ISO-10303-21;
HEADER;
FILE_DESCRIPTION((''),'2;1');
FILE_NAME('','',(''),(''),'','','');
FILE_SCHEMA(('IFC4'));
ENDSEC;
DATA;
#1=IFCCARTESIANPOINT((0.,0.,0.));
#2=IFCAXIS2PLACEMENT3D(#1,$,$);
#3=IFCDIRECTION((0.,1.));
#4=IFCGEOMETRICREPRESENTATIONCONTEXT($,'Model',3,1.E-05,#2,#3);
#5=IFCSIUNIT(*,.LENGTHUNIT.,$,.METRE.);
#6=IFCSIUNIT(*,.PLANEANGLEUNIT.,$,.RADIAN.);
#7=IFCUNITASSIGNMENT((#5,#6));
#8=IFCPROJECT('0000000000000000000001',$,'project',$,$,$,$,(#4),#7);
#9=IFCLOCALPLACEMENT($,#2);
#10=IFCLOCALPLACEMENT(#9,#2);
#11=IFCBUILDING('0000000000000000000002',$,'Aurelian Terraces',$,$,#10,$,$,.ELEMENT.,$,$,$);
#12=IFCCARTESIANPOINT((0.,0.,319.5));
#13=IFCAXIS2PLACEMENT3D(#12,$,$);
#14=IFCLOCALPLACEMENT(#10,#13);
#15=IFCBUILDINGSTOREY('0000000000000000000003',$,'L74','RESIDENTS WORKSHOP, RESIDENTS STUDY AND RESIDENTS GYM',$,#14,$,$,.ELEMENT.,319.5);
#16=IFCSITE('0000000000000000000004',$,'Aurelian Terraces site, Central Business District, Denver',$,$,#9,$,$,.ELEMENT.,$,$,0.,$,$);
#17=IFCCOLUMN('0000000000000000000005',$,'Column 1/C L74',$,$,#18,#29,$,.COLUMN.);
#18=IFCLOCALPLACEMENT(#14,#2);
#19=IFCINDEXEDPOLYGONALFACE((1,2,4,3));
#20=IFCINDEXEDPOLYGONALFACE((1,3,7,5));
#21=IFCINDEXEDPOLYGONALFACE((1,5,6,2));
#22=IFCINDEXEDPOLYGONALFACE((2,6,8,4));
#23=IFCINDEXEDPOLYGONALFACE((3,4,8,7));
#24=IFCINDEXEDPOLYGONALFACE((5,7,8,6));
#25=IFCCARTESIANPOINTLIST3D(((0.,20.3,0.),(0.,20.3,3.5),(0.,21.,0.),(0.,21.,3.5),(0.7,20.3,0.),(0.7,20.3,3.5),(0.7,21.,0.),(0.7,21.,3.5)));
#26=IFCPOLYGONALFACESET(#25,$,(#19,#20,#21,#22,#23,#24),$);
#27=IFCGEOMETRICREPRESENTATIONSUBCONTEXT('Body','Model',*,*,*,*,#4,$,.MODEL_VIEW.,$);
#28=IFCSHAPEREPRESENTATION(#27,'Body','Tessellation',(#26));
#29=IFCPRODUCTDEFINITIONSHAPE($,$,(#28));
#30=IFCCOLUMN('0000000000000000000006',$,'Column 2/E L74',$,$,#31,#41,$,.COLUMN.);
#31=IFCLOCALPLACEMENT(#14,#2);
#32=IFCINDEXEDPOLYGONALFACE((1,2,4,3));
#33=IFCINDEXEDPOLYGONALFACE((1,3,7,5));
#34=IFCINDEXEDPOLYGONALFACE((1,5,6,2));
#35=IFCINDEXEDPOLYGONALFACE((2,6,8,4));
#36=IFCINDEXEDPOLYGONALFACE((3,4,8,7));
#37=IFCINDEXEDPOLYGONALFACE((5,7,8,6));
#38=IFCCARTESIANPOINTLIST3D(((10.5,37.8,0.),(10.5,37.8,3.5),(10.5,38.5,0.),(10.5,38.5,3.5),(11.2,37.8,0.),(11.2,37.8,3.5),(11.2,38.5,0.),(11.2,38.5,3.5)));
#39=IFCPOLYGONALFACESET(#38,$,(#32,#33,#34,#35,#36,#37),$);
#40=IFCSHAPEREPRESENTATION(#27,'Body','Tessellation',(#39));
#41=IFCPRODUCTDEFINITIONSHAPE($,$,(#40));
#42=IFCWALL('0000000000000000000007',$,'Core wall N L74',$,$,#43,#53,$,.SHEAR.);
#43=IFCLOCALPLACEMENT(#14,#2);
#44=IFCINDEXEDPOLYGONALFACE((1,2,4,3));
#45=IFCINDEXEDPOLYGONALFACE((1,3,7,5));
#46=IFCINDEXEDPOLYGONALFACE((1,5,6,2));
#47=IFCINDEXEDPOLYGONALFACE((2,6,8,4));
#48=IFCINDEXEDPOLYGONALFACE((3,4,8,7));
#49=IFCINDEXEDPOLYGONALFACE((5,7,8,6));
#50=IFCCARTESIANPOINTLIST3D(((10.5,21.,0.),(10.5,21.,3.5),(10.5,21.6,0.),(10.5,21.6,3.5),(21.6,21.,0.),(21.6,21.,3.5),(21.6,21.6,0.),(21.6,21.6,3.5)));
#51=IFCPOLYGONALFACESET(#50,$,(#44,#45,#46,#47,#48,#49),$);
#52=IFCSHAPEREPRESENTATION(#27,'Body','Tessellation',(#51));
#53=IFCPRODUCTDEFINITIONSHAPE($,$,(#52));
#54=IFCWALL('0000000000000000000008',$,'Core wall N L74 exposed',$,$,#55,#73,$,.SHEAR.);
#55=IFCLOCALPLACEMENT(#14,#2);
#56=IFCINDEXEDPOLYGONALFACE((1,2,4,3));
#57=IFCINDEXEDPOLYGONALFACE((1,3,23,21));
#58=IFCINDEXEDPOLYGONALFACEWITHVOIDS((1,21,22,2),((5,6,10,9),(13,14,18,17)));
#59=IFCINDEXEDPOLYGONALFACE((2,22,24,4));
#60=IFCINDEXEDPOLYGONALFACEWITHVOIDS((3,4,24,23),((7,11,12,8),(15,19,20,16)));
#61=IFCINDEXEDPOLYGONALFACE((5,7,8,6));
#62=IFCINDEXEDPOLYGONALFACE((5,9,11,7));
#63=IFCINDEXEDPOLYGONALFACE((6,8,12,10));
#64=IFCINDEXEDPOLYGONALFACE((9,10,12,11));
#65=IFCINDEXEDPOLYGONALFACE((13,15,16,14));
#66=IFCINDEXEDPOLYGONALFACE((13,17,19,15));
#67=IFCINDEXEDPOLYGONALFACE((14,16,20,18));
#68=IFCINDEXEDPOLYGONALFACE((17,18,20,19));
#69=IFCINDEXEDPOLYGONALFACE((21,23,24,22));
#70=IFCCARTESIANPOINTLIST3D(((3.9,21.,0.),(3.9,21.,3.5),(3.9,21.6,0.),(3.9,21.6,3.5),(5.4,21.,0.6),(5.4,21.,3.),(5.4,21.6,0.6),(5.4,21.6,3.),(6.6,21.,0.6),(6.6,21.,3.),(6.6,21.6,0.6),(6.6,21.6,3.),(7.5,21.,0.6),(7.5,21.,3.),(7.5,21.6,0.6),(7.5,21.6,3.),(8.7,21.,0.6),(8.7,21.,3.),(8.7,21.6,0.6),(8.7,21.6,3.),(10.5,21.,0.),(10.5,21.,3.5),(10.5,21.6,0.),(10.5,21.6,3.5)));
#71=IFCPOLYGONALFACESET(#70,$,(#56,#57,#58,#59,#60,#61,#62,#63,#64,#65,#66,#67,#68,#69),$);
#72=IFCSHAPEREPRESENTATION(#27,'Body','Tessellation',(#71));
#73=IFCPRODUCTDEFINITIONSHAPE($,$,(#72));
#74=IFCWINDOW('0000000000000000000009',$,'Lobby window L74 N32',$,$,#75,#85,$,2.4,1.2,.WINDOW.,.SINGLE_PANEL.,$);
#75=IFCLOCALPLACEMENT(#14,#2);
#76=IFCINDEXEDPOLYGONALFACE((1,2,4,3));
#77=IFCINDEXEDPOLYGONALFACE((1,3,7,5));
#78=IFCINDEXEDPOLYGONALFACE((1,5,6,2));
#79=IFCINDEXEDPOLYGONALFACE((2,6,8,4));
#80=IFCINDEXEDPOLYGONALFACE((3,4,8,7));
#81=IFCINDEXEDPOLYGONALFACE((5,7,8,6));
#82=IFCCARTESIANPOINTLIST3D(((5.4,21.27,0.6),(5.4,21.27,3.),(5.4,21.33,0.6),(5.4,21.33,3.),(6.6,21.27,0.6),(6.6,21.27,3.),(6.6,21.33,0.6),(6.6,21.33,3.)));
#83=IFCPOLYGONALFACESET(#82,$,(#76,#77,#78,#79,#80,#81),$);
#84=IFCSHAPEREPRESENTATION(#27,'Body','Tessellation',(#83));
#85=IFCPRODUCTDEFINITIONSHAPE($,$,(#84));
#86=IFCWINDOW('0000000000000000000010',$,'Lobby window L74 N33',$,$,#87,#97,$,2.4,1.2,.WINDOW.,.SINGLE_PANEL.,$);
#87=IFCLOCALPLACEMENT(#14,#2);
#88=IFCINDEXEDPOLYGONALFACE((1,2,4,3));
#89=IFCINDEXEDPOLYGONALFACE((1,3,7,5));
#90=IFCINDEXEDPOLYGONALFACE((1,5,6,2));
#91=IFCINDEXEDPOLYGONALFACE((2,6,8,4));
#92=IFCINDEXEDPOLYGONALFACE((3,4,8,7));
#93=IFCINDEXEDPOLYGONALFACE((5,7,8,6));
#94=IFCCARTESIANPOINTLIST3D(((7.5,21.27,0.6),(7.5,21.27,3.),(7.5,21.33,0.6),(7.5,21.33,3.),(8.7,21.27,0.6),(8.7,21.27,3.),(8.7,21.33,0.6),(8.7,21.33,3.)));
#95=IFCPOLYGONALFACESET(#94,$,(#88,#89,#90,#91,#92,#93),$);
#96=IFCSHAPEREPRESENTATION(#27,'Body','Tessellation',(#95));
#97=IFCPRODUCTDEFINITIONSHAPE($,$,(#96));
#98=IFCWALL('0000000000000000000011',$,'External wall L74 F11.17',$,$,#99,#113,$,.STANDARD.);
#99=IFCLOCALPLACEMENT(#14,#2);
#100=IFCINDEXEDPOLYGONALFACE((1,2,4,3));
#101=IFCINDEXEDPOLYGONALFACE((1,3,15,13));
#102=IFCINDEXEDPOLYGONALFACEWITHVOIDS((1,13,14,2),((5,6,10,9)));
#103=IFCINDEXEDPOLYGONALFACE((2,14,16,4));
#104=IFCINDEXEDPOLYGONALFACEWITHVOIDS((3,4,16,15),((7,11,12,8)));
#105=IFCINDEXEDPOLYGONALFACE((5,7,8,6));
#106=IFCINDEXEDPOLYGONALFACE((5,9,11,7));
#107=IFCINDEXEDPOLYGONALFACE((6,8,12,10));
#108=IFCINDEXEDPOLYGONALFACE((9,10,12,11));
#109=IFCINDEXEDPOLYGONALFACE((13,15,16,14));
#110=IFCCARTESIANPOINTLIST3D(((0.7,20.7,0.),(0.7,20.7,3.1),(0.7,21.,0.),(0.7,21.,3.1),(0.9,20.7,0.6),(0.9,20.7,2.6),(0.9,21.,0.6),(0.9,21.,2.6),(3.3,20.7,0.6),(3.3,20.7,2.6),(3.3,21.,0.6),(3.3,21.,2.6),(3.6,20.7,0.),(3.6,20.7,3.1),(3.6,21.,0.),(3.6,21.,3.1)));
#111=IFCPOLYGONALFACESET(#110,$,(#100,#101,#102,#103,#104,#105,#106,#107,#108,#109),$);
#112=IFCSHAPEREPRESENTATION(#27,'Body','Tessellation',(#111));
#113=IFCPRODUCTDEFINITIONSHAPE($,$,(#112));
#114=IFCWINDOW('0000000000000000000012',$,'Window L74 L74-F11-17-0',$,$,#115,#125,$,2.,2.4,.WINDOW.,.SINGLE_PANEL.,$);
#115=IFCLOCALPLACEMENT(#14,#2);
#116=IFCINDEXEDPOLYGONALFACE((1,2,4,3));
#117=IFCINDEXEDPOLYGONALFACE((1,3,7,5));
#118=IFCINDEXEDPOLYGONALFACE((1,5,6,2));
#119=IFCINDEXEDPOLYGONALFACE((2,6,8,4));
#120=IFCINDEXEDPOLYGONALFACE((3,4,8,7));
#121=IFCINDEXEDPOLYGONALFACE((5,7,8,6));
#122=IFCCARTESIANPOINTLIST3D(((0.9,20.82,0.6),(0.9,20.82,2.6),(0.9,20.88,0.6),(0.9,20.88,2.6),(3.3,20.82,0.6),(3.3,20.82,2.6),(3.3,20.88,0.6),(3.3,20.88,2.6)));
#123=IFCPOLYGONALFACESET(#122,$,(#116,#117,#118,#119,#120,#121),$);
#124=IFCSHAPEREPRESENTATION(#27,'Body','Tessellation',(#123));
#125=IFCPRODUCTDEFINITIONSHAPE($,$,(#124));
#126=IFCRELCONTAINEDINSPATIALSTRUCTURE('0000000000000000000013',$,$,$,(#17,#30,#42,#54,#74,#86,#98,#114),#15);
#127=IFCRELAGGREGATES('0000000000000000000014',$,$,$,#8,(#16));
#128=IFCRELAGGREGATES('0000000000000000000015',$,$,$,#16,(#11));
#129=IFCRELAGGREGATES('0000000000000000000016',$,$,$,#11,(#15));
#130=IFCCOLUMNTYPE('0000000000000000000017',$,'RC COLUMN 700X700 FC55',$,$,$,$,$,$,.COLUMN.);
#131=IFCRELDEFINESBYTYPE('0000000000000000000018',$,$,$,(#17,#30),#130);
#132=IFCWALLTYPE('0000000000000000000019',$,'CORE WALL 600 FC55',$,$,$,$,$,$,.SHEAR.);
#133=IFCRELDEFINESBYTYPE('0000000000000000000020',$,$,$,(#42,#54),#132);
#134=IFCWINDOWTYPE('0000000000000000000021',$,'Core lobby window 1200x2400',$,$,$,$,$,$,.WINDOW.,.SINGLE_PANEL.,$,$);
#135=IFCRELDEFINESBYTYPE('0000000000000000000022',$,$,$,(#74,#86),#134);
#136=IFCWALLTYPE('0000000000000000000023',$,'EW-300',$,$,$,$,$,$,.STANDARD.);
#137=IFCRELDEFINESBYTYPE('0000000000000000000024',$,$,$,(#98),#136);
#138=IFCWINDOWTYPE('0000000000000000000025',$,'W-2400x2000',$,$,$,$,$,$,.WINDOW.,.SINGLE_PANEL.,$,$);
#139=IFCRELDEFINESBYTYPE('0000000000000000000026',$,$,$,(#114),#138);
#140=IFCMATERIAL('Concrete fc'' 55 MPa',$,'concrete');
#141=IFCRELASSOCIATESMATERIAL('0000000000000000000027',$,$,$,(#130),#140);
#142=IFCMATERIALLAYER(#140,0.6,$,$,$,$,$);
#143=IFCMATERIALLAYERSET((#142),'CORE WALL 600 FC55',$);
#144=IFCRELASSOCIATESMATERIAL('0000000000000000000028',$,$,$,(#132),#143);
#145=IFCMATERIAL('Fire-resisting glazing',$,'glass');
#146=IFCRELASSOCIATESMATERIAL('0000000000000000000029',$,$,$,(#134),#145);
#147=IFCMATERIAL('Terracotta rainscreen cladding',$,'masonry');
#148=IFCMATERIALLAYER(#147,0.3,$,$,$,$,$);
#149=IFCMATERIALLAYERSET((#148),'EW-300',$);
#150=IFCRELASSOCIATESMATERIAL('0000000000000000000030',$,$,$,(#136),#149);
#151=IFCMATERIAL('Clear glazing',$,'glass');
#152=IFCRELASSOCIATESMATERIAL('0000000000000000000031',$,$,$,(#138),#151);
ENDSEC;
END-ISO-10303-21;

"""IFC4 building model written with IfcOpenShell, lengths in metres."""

from ifc_helpers import new_model, si_unit, direction, frame, frame_2d, origin, origin_2d, place, context, subcontext, project, spatial, rectangle, extrude, source, transform, mapped, material, layer, layer_set, material_profile, profile_set, type_object, element, fill, save


model = new_model("IFC4")

# Units and contexts
model_context = context("Model", 3, precision=1e-05, world=origin(), true_north=direction((0.0, 1.0)))
body_context = subcontext(model_context, "Body", "Model", "MODEL_VIEW")
ifc_project = project(units=[si_unit("LENGTHUNIT", "METRE"), si_unit("PLANEANGLEUNIT", "RADIAN")], contexts=[model_context])

# Site, building, storey
site_placement = place(None, origin())
site = spatial("IfcSite", under=ifc_project, at=site_placement, Name="Aurelian Terraces site, Central Business District, Denver", CompositionType="ELEMENT", RefElevation=0.0)
building_placement = place(site_placement, origin())
building = spatial("IfcBuilding", under=site, at=building_placement, Name="Aurelian Terraces", CompositionType="ELEMENT")
storey_placement = place(building_placement, frame((0.0, 0.0, 319.5)))
storey = spatial("IfcBuildingStorey", under=building, at=storey_placement, Name="L74", Description="RESIDENTS WORKSHOP, RESIDENTS STUDY AND RESIDENTS GYM", CompositionType="ELEMENT", Elevation=319.5)

# Columns
ifc_material_1 = material(Name="Concrete fc' 55 MPa", Category="concrete")
ifc_material_profile = material_profile(ifc_material_1, rectangle(XDim=0.7, YDim=0.7, at=origin_2d()))
ifc_profile_set = profile_set([ifc_material_profile], Name="Concrete fc' 55 MPa")
column_type = type_object("IfcColumnType", Name="RC COLUMN 700X700 FC55", PredefinedType="COLUMN", material=ifc_profile_set)
shared_shape_1 = source(origin(), body_context, "Body", "SweptSolid", [
    extrude(rectangle(XDim=0.7, YDim=0.7, at=origin_2d()), origin(), (0.0, 0.0, 1.0), 3.5),
])
for number, where, z_axis, x_axis, name in (
    (1, (0.35, 20.65, 0.0), (0.0, 0.0, 1.0), (1.0, 0.0, 0.0), "Column 1/C L74"),
    (2, (10.85, 38.15, 0.0), (0.0, 0.0, 1.0), (1.0, 0.0, 0.0), "Column 2/E L74"),
):
    element("IfcColumn", number, at=place(storey_placement, frame(where, z_axis=z_axis, x_axis=x_axis)), inside=storey, type_object=column_type, Name=name, PredefinedType="COLUMN", context=body_context, shape_type="MappedRepresentation", body=[
        mapped(shared_shape_1, transform((0.0, 0.0, 0.0), scale=1.0)),
    ])

# Wall
ifc_layer_1 = layer(ifc_material_1, 0.6)
ifc_layer_set_1 = layer_set([ifc_layer_1], Name="CORE WALL 600 FC55")
wall_type_1 = type_object("IfcWallType", Name="CORE WALL 600 FC55", PredefinedType="SHEAR", material=ifc_layer_set_1)
shared_shape_2 = source(origin(), body_context, "Body", "SweptSolid", [
    extrude(rectangle(XDim=11.1, YDim=0.6, at=frame_2d((5.55, 0.0))), origin(), (0.0, 0.0, 1.0), 3.5),
])
wall_1_placement = place(storey_placement, frame((10.5, 21.3, 0.0), z_axis=(0.0, 0.0, 1.0), x_axis=(1.0, 0.0, 0.0)))
element("IfcWall", 3, at=wall_1_placement, inside=storey, type_object=wall_type_1, Name="Core wall N L74", PredefinedType="SHEAR", context=body_context, shape_type="MappedRepresentation", body=[
    mapped(shared_shape_2, transform((0.0, 0.0, 0.0), scale=1.0)),
])

# Wall, openings, windows
shared_shape_3 = source(origin(), body_context, "Body", "SweptSolid", [
    extrude(rectangle(XDim=6.6, YDim=0.6, at=frame_2d((3.3, 0.0))), origin(), (0.0, 0.0, 1.0), 3.5),
])
wall_2_placement = place(storey_placement, frame((3.9, 21.3, 0.0), z_axis=(0.0, 0.0, 1.0), x_axis=(1.0, 0.0, 0.0)))
wall_2 = element("IfcWall", 4, at=wall_2_placement, inside=storey, type_object=wall_type_1, Name="Core wall N L74 exposed", PredefinedType="SHEAR", context=body_context, shape_type="MappedRepresentation", body=[
    mapped(shared_shape_3, transform((0.0, 0.0, 0.0), scale=1.0)),
])
shared_shape_4 = source(origin(), body_context, "Body", "SweptSolid", [
    extrude(rectangle(XDim=1.2, YDim=2.4, at=frame_2d((0.6, 1.2))), frame((0.0, 0.31, 0.0), z_axis=(0.0, -1.0, 0.0), x_axis=(1.0, 0.0, 0.0)), (0.0, 0.0, 1.0), 0.62),
])
opening_1_placement = place(wall_2_placement, frame((1.5, 0.0, 0.6)))
opening_1 = element("IfcOpeningElement", 5, at=opening_1_placement, cuts=wall_2, PredefinedType="OPENING", context=body_context, shape_type="MappedRepresentation", body=[
    mapped(shared_shape_4, transform((0.0, 0.0, 0.0), scale=1.0)),
])
opening_2_placement = place(wall_2_placement, frame((3.6, 0.0, 0.6)))
opening_2 = element("IfcOpeningElement", 6, at=opening_2_placement, cuts=wall_2, PredefinedType="OPENING", context=body_context, shape_type="MappedRepresentation", body=[
    mapped(shared_shape_4, transform((0.0, 0.0, 0.0), scale=1.0)),
])
ifc_material_2 = material(Name="Fire-resisting glazing", Category="glass")
window_type_1 = type_object("IfcWindowType", Name="Core lobby window 1200x2400", PartitioningType="SINGLE_PANEL", PredefinedType="WINDOW", material=ifc_material_2)
shared_shape_5 = source(origin(), body_context, "Body", "SweptSolid", [
    extrude(rectangle(XDim=1.2, YDim=2.4, at=frame_2d((0.6, 1.2))), frame((0.0, 0.03, 0.0), z_axis=(0.0, -1.0, 0.0), x_axis=(1.0, 0.0, 0.0)), (0.0, 0.0, 1.0), 0.06),
])
window_1_placement = place(opening_1_placement, origin())
window_1 = element("IfcWindow", 7, at=window_1_placement, inside=storey, type_object=window_type_1, Name="Lobby window L74 N32", OverallHeight=2.4, OverallWidth=1.2, PartitioningType="SINGLE_PANEL", PredefinedType="WINDOW", context=body_context, shape_type="MappedRepresentation", body=[
    mapped(shared_shape_5, transform((0.0, 0.0, 0.0), scale=1.0)),
])
fill(opening_1, window_1)
window_2_placement = place(opening_2_placement, origin())
window_2 = element("IfcWindow", 8, at=window_2_placement, inside=storey, type_object=window_type_1, Name="Lobby window L74 N33", OverallHeight=2.4, OverallWidth=1.2, PartitioningType="SINGLE_PANEL", PredefinedType="WINDOW", context=body_context, shape_type="MappedRepresentation", body=[
    mapped(shared_shape_5, transform((0.0, 0.0, 0.0), scale=1.0)),
])
fill(opening_2, window_2)

# Wall, opening, window
ifc_material_3 = material(Name="Terracotta rainscreen cladding", Category="masonry")
ifc_layer_2 = layer(ifc_material_3, 0.3)
ifc_layer_set_2 = layer_set([ifc_layer_2], Name="EW-300")
wall_type_2 = type_object("IfcWallType", Name="EW-300", PredefinedType="STANDARD", material=ifc_layer_set_2)
shared_shape_6 = source(origin(), body_context, "Body", "SweptSolid", [
    extrude(rectangle(XDim=2.9, YDim=0.3, at=frame_2d((1.45, 0.0))), origin(), (0.0, 0.0, 1.0), 3.1),
])
wall_3_placement = place(storey_placement, frame((3.6, 20.85, 0.0), z_axis=(0.0, 0.0, 1.0), x_axis=(-1.0, 0.0, 0.0)))
wall_3 = element("IfcWall", 9, at=wall_3_placement, inside=storey, type_object=wall_type_2, Name="External wall L74 F11.17", PredefinedType="STANDARD", context=body_context, shape_type="MappedRepresentation", body=[
    mapped(shared_shape_6, transform((0.0, 0.0, 0.0), scale=1.0)),
])
shared_shape_7 = source(origin(), body_context, "Body", "SweptSolid", [
    extrude(rectangle(XDim=2.4, YDim=2.0, at=frame_2d((1.2, 1.0))), frame((0.0, 0.16, 0.0), z_axis=(0.0, -1.0, 0.0), x_axis=(1.0, 0.0, 0.0)), (0.0, 0.0, 1.0), 0.32),
])
opening_3_placement = place(wall_3_placement, frame((0.3, 0.0, 0.6)))
opening_3 = element("IfcOpeningElement", 10, at=opening_3_placement, cuts=wall_3, PredefinedType="OPENING", context=body_context, shape_type="MappedRepresentation", body=[
    mapped(shared_shape_7, transform((0.0, 0.0, 0.0), scale=1.0)),
])
ifc_material_4 = material(Name="Clear glazing", Category="glass")
window_type_2 = type_object("IfcWindowType", Name="W-2400x2000", PartitioningType="SINGLE_PANEL", PredefinedType="WINDOW", material=ifc_material_4)
shared_shape_8 = source(origin(), body_context, "Body", "SweptSolid", [
    extrude(rectangle(XDim=2.4, YDim=2.0, at=frame_2d((1.2, 1.0))), frame((0.0, 0.03, 0.0), z_axis=(0.0, -1.0, 0.0), x_axis=(1.0, 0.0, 0.0)), (0.0, 0.0, 1.0), 0.06),
])
window_3_placement = place(opening_3_placement, origin())
window_3 = element("IfcWindow", 11, at=window_3_placement, inside=storey, type_object=window_type_2, Name="Window L74 L74-F11-17-0", OverallHeight=2.0, OverallWidth=2.4, PartitioningType="SINGLE_PANEL", PredefinedType="WINDOW", context=body_context, shape_type="MappedRepresentation", body=[
    mapped(shared_shape_8, transform((0.0, 0.0, 0.0), scale=1.0)),
])
fill(opening_3, window_3)

save(model, "model.ifc")
